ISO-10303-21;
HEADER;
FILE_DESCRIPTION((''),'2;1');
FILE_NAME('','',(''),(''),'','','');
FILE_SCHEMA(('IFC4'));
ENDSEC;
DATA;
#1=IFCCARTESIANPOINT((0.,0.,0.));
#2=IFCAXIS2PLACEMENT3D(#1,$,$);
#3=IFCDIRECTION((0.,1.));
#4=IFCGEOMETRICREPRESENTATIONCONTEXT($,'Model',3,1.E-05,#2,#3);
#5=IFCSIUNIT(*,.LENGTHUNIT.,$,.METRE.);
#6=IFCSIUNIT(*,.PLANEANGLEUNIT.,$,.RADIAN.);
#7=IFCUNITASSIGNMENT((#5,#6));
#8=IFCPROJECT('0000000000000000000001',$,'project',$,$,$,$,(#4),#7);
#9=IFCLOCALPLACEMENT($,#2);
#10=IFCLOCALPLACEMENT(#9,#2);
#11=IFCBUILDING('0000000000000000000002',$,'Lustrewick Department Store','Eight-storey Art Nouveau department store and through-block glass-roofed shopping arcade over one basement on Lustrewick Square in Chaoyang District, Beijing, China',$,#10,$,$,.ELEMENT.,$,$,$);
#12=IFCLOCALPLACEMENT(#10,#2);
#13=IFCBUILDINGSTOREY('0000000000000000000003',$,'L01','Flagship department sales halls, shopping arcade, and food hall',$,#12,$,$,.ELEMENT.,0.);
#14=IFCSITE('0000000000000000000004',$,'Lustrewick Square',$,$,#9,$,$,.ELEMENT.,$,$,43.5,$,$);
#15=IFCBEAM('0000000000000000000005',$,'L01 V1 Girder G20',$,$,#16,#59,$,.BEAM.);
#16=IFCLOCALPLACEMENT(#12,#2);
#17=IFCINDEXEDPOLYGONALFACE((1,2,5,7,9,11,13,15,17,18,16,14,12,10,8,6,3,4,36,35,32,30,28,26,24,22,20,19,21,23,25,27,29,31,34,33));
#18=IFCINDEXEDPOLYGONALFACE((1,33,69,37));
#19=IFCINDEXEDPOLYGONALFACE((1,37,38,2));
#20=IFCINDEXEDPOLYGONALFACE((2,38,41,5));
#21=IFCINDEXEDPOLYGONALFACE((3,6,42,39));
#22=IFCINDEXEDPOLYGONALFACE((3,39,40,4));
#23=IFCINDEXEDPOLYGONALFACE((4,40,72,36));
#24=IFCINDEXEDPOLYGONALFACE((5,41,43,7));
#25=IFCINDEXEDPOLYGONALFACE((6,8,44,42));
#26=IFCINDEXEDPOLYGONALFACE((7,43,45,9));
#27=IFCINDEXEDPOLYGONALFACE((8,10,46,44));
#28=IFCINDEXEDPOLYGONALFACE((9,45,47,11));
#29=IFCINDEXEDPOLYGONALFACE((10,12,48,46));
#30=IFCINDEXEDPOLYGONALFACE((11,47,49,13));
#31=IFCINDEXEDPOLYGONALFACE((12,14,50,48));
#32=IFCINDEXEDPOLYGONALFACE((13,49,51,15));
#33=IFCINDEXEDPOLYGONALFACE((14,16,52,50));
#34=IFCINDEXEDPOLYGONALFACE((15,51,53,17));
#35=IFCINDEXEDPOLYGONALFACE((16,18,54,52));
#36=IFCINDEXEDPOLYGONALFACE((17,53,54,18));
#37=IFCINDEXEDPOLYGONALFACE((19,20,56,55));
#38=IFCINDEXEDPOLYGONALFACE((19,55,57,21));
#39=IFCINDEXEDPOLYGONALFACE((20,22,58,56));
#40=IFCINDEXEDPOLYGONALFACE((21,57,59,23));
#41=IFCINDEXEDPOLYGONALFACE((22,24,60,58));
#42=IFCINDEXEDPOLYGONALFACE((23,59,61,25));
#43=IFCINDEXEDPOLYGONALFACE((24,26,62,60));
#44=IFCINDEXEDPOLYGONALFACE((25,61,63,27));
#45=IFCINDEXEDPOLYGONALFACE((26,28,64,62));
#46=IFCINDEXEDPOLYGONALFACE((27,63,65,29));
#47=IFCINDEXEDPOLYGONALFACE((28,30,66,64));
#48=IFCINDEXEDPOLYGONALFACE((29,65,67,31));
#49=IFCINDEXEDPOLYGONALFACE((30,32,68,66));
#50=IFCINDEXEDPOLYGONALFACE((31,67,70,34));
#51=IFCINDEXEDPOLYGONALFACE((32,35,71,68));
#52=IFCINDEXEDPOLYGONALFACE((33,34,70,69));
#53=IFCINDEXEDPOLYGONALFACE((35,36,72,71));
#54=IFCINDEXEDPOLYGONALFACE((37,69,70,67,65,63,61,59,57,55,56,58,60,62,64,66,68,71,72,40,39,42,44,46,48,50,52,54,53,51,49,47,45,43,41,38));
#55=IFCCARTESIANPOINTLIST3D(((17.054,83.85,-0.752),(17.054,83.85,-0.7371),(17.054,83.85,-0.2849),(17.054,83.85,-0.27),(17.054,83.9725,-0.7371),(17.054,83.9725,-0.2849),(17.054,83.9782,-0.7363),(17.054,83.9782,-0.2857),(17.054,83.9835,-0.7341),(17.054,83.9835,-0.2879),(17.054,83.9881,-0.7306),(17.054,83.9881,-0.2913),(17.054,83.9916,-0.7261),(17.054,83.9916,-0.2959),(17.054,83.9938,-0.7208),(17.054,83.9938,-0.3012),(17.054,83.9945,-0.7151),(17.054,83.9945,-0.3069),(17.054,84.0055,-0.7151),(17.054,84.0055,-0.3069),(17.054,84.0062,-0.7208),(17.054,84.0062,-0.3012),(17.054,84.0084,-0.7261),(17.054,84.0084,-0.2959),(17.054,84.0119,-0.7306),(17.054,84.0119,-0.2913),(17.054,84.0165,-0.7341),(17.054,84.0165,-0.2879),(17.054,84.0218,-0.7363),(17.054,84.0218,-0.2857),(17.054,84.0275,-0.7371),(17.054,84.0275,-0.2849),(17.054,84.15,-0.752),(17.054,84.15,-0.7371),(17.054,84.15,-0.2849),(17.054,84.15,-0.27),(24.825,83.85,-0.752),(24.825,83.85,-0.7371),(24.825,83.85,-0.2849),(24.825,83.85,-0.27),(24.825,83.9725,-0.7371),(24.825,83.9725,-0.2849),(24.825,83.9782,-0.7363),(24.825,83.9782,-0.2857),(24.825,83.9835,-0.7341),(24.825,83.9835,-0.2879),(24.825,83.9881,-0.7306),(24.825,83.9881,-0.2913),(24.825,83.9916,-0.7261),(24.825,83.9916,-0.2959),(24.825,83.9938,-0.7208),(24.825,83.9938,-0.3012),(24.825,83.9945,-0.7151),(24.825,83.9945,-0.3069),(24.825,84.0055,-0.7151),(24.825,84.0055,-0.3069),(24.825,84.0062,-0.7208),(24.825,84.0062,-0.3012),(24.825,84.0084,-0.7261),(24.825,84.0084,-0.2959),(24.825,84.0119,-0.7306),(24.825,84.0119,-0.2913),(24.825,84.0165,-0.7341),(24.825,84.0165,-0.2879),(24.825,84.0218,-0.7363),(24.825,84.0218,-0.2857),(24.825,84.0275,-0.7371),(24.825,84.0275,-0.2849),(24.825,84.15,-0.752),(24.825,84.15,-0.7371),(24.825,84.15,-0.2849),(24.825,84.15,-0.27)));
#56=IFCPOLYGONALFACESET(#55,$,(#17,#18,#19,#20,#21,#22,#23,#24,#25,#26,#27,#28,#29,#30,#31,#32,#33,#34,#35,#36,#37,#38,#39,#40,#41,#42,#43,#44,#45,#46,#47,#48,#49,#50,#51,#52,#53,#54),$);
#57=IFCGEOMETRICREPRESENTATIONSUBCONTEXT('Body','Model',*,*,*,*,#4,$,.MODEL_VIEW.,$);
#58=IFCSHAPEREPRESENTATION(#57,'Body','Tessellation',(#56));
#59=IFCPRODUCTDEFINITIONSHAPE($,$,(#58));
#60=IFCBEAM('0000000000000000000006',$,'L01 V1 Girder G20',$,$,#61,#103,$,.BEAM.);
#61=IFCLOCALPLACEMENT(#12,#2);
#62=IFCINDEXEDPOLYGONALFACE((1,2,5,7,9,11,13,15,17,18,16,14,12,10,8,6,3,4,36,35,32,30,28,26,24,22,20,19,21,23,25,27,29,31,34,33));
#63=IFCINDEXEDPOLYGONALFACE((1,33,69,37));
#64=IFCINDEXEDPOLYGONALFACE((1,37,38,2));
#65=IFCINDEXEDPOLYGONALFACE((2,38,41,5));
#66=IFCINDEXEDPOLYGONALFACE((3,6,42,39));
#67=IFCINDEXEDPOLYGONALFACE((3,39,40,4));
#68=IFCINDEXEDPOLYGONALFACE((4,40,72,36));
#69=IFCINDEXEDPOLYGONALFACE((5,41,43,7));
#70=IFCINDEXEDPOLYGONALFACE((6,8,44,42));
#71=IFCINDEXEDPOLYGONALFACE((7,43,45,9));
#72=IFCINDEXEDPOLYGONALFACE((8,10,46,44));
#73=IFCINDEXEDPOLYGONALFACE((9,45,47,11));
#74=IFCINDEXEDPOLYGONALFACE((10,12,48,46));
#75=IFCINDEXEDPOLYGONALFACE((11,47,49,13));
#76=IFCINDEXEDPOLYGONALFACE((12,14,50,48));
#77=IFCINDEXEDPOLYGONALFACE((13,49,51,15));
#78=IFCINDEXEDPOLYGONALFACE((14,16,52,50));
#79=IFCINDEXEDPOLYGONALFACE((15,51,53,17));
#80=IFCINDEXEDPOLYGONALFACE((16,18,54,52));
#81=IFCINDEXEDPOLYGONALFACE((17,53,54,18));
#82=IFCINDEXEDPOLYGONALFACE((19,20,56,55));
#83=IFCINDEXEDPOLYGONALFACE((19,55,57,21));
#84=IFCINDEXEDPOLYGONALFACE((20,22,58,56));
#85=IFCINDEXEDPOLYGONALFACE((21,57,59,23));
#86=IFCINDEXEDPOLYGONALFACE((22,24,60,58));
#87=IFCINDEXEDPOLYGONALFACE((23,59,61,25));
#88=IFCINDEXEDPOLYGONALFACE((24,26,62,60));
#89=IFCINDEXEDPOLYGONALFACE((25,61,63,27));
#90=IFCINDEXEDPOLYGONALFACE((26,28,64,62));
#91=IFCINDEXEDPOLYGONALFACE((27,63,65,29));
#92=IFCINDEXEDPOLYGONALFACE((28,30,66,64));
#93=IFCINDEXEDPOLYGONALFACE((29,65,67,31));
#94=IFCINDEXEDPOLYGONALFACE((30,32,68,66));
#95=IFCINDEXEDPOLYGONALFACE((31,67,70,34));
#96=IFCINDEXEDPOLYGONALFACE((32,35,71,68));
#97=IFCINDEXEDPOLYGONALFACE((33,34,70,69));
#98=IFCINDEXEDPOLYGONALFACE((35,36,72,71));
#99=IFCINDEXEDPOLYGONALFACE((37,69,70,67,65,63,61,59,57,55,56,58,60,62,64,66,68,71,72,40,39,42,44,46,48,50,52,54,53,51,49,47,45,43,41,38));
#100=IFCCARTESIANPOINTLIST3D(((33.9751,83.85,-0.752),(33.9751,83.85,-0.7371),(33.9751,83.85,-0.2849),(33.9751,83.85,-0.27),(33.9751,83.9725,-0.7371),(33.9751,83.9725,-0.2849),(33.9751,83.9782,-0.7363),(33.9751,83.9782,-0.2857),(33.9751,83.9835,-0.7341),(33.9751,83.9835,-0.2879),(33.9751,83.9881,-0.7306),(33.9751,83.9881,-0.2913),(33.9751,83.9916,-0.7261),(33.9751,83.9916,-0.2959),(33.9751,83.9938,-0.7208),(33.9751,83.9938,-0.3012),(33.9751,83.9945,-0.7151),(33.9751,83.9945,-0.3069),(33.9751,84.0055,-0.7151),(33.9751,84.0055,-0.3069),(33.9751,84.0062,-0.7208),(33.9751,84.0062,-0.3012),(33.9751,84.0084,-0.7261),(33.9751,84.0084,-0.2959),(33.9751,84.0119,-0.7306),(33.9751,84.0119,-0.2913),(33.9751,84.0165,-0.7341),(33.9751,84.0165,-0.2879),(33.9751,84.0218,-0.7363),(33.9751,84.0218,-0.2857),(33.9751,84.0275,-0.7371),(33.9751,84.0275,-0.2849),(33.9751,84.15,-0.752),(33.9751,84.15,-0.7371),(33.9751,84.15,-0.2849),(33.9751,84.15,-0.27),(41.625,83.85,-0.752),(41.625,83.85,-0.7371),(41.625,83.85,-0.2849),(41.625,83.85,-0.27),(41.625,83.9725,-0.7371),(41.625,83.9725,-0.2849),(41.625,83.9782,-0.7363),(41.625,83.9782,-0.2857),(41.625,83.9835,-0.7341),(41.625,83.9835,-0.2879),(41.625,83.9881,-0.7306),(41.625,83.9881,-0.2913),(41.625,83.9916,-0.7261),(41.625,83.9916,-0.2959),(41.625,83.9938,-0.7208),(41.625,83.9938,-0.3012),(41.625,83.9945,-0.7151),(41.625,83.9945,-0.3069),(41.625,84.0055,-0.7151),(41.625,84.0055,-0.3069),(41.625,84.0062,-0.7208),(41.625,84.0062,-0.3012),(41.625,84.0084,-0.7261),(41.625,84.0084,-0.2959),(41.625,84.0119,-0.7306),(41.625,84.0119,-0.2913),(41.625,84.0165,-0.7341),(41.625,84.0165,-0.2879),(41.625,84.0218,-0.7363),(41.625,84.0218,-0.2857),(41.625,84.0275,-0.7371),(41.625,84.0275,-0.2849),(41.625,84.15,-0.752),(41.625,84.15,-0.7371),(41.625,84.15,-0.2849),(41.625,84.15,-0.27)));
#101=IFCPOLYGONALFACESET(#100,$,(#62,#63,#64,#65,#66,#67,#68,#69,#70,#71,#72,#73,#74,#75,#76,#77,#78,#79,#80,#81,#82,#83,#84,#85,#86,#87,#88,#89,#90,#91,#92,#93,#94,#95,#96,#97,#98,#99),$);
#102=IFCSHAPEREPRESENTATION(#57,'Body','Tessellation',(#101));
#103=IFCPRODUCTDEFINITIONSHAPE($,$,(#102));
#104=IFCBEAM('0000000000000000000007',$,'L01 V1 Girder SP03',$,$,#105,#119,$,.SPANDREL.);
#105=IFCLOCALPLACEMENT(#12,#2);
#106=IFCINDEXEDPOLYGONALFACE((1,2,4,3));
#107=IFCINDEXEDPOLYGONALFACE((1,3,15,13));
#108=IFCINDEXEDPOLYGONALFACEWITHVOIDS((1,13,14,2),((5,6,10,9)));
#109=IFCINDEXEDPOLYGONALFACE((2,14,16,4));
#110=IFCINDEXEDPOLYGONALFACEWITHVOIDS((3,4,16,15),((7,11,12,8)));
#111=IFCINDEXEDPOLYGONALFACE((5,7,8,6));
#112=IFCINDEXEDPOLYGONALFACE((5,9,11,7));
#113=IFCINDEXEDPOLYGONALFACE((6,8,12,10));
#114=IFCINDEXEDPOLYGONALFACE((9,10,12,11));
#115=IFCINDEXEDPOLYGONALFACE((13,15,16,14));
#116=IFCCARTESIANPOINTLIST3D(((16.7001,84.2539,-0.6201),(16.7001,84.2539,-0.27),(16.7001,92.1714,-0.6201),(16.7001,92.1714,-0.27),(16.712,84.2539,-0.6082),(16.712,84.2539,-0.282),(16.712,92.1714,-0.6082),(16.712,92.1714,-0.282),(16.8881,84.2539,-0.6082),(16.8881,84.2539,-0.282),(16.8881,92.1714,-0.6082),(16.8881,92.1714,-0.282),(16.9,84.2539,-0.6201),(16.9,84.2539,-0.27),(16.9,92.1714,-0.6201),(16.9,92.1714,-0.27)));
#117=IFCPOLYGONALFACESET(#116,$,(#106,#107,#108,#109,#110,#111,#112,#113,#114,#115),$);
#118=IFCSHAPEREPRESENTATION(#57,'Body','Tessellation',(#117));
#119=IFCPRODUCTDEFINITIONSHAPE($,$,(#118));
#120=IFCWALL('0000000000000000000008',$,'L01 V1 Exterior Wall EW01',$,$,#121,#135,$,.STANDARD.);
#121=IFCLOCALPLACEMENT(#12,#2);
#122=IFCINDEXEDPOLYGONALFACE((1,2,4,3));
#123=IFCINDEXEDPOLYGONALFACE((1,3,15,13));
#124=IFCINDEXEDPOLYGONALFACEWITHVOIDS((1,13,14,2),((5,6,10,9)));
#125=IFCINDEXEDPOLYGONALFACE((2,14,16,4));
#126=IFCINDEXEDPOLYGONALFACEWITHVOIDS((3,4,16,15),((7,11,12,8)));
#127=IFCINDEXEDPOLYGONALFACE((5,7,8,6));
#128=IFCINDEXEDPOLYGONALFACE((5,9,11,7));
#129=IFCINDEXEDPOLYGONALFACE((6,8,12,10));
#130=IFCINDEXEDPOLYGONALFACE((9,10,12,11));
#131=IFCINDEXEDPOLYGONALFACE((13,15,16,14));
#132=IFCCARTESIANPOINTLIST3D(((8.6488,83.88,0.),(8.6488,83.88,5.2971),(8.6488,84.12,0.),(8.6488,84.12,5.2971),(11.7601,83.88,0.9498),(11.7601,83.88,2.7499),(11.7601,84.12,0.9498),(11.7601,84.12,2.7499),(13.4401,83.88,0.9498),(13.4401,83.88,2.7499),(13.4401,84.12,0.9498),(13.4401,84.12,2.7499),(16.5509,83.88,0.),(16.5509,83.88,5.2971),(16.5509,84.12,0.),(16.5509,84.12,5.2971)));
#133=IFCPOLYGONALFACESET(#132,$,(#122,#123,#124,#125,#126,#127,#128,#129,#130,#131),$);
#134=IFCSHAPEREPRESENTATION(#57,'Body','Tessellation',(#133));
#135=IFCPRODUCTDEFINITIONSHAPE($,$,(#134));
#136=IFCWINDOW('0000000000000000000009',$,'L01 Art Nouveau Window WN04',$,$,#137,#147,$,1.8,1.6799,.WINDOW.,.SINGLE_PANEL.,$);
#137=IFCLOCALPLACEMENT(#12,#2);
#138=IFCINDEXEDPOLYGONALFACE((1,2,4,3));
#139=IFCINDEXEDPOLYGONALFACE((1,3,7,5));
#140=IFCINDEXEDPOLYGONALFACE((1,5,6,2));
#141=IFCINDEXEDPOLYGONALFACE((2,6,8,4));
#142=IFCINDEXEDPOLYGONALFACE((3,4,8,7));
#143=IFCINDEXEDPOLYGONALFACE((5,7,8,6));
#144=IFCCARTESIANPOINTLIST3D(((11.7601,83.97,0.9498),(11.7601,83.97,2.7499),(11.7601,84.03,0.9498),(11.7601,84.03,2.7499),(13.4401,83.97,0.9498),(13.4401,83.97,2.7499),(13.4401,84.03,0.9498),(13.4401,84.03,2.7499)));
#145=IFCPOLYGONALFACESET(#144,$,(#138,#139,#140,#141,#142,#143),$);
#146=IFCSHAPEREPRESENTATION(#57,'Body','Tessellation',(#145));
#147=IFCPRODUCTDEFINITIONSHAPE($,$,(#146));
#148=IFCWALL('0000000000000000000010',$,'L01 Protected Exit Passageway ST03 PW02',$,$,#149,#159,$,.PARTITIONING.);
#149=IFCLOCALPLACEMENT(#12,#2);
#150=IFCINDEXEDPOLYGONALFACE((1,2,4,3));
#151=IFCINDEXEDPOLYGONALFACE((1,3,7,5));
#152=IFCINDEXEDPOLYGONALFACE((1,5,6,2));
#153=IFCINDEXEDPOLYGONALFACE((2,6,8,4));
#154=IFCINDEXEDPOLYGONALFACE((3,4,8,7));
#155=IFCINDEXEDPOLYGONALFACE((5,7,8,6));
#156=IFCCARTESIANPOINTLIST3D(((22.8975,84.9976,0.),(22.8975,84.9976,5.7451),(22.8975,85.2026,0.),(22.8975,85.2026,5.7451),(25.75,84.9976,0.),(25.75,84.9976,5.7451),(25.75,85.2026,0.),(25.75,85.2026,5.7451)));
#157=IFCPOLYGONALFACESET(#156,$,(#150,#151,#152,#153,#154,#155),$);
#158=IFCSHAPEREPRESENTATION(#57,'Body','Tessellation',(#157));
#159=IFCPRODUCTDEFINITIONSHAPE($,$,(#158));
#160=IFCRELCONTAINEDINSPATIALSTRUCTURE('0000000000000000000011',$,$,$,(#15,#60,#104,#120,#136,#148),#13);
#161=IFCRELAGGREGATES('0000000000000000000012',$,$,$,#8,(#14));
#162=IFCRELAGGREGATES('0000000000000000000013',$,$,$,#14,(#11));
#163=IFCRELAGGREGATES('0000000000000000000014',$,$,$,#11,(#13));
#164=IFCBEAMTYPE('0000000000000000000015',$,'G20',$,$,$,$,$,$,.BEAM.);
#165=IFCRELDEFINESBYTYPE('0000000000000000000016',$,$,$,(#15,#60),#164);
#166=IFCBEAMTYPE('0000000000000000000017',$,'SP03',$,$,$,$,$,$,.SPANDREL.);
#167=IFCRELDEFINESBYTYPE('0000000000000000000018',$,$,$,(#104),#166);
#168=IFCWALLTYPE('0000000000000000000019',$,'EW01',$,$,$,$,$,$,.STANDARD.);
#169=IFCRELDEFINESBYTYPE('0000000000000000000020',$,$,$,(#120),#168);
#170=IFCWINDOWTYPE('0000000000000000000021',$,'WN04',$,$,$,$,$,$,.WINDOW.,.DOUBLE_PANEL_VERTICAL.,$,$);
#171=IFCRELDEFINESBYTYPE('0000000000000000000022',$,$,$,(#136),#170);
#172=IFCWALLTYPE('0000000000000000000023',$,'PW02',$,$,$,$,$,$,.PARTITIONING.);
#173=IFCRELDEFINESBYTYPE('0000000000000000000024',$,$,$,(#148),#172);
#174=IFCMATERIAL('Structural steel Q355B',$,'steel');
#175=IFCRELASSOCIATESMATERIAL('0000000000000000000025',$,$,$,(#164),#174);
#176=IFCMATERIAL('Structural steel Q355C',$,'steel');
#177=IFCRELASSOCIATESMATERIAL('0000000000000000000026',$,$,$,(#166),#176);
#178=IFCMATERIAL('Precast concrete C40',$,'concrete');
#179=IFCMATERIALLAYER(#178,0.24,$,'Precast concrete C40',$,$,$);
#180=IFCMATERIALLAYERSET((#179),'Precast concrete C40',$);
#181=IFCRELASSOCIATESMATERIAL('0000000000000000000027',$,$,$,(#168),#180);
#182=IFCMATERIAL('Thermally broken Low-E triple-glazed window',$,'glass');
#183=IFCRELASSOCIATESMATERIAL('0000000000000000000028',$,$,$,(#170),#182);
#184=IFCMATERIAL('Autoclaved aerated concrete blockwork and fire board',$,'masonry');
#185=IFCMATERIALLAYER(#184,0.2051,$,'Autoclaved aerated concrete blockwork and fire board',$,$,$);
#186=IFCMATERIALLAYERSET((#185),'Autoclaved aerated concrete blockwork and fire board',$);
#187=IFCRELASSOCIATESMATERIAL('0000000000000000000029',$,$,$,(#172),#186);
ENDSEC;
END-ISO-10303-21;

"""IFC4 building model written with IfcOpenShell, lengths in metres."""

from ifc_helpers import new_model, si_unit, direction, frame, frame_2d, origin, origin_2d, place, context, subcontext, project, spatial, rectangle, hollow_rectangle, i_section, extrude, material, layer, layer_set, material_profile, profile_set, type_object, element, fill, save


model = new_model("IFC4")

# Units and contexts
model_context = context("Model", 3, precision=1e-05, world=origin(), true_north=direction((0.0, 1.0)))
body_context = subcontext(model_context, "Body", "Model", "MODEL_VIEW")
ifc_project = project(units=[si_unit("LENGTHUNIT", "METRE"), si_unit("PLANEANGLEUNIT", "RADIAN")], contexts=[model_context])

# Site, building, storey
site_placement = place(None, origin())
site = spatial("IfcSite", under=ifc_project, at=site_placement, Name="Lustrewick Square", CompositionType="ELEMENT", RefElevation=43.5)
building_placement = place(site_placement, origin())
building = spatial("IfcBuilding", under=site, at=building_placement, Name="Lustrewick Department Store", Description="Eight-storey Art Nouveau department store and through-block glass-roofed shopping arcade over one basement on Lustrewick Square in Chaoyang District, Beijing, China", CompositionType="ELEMENT")
storey_placement = place(building_placement, origin())
storey = spatial("IfcBuildingStorey", under=building, at=storey_placement, Name="L01", Description="Flagship department sales halls, shopping arcade, and food hall", CompositionType="ELEMENT", Elevation=0.0)

# Shared definitions
ifc_material_1 = material(Name="Structural steel Q355C", Category="steel")
ifc_material_2 = material(Name="Structural steel Q355B", Category="steel")

# Beams
ifc_material_profile_1 = material_profile(ifc_material_2, i_section(OverallWidth=0.3, OverallDepth=0.4819, WebThickness=0.011, FlangeThickness=0.0149, FilletRadius=0.022, at=origin_2d()), Name="HM 482x300x11x15")
ifc_profile_set_1 = profile_set([ifc_material_profile_1], Name="Structural steel Q355B")
beam_type_1 = type_object("IfcBeamType", Name="G20", PredefinedType="BEAM", material=ifc_profile_set_1)
beam_1_placement = place(storey_placement, frame((17.054, 84.0, -0.511), z_axis=(1.0, 0.0, 0.0), x_axis=(0.0, 1.0, 0.0)))
element("IfcBeam", 1, at=beam_1_placement, inside=storey, type_object=beam_type_1, Name="L01 V1 Girder G20", PredefinedType="BEAM", context=body_context, shape_type="SweptSolid", body=[
    extrude(i_section(OverallWidth=0.3, OverallDepth=0.4819, WebThickness=0.011, FlangeThickness=0.0149, FilletRadius=0.022, at=origin_2d()), origin(), (0.0, 0.0, 1.0), 7.771),
])
beam_2_placement = place(storey_placement, frame((33.9751, 84.0, -0.511), z_axis=(1.0, 0.0, 0.0), x_axis=(0.0, 1.0, 0.0)))
element("IfcBeam", 2, at=beam_2_placement, inside=storey, type_object=beam_type_1, Name="L01 V1 Girder G20", PredefinedType="BEAM", context=body_context, shape_type="SweptSolid", body=[
    extrude(i_section(OverallWidth=0.3, OverallDepth=0.4819, WebThickness=0.011, FlangeThickness=0.0149, FilletRadius=0.022, at=origin_2d()), origin(), (0.0, 0.0, 1.0), 7.6499),
])
ifc_material_profile_2 = material_profile(ifc_material_1, hollow_rectangle(XDim=0.2, YDim=0.3501, WallThickness=0.012, at=origin_2d()), Name="RHS 350x200x12")
ifc_profile_set_2 = profile_set([ifc_material_profile_2], Name="Structural steel Q355C")
beam_type_2 = type_object("IfcBeamType", Name="SP03", PredefinedType="SPANDREL", material=ifc_profile_set_2)
beam_3_placement = place(storey_placement, frame((16.8, 84.2539, -0.4451), z_axis=(0.0, 1.0, 0.0), x_axis=(-1.0, 0.0, 0.0)))
element("IfcBeam", 3, at=beam_3_placement, inside=storey, type_object=beam_type_2, Name="L01 V1 Girder SP03", PredefinedType="SPANDREL", context=body_context, shape_type="SweptSolid", body=[
    extrude(hollow_rectangle(XDim=0.2, YDim=0.3501, WallThickness=0.012, at=origin_2d()), origin(), (0.0, 0.0, 1.0), 7.9175),
])

# Wall, opening, window
ifc_material_3 = material(Name="Precast concrete C40", Category="concrete")
ifc_layer_1 = layer(ifc_material_3, 0.24, Name="Precast concrete C40")
ifc_layer_set_1 = layer_set([ifc_layer_1], Name="Precast concrete C40")
wall_type_1 = type_object("IfcWallType", Name="EW01", PredefinedType="STANDARD", material=ifc_layer_set_1)
wall_1_placement = place(storey_placement, frame((16.551, 84.0, 0.0), z_axis=(0.0, 0.0, 1.0), x_axis=(-1.0, 0.0, 0.0)))
wall_1 = element("IfcWall", 4, at=wall_1_placement, inside=storey, type_object=wall_type_1, Name="L01 V1 Exterior Wall EW01", PredefinedType="STANDARD", context=body_context, shape_type="SweptSolid", body=[
    extrude(rectangle(XDim=7.9021, YDim=0.24, at=frame_2d((3.9512, 0.0))), origin(), (0.0, 0.0, 1.0), 5.2971),
])
opening_1_placement = place(wall_1_placement, frame((3.1111, 0.0, 0.95)))
opening_1 = element("IfcOpeningElement", 5, at=opening_1_placement, cuts=wall_1, PredefinedType="OPENING", context=body_context, shape_type="SweptSolid", body=[
    extrude(rectangle(XDim=1.6799, YDim=1.8, at=frame_2d((0.8398, 0.8999))), frame((0.0, 0.1299, 0.0), z_axis=(0.0, -1.0, 0.0), x_axis=(1.0, 0.0, 0.0)), (0.0, 0.0, 1.0), 0.26),
])
ifc_material_4 = material(Name="Thermally broken Low-E triple-glazed window", Category="glass")
window_type = type_object("IfcWindowType", Name="WN04", PartitioningType="DOUBLE_PANEL_VERTICAL", PredefinedType="WINDOW", material=ifc_material_4)
window_placement = place(opening_1_placement, origin())
window = element("IfcWindow", 6, at=window_placement, inside=storey, type_object=window_type, Name="L01 Art Nouveau Window WN04", OverallHeight=1.8, OverallWidth=1.6799, PartitioningType="SINGLE_PANEL", PredefinedType="WINDOW", context=body_context, shape_type="SweptSolid", body=[
    extrude(rectangle(XDim=1.6799, YDim=1.8, at=frame_2d((0.8398, 0.8999))), frame((0.0, 0.03, 0.0), z_axis=(0.0, -1.0, 0.0), x_axis=(1.0, 0.0, 0.0)), (0.0, 0.0, 1.0), 0.0601),
])
fill(opening_1, window)

# Wall
ifc_material_5 = material(Name="Autoclaved aerated concrete blockwork and fire board", Category="masonry")
ifc_layer_2 = layer(ifc_material_5, 0.2051, Name="Autoclaved aerated concrete blockwork and fire board")
ifc_layer_set_2 = layer_set([ifc_layer_2], Name="Autoclaved aerated concrete blockwork and fire board")
wall_type_2 = type_object("IfcWallType", Name="PW02", PredefinedType="PARTITIONING", material=ifc_layer_set_2)
wall_2_placement = place(storey_placement, frame((22.8975, 85.1001, 0.0), z_axis=(0.0, 0.0, 1.0), x_axis=(1.0, 0.0, 0.0)))
element("IfcWall", 7, at=wall_2_placement, inside=storey, type_object=wall_type_2, Name="L01 Protected Exit Passageway ST03 PW02", PredefinedType="PARTITIONING", context=body_context, shape_type="SweptSolid", body=[
    extrude(rectangle(XDim=2.8525, YDim=0.2051, at=frame_2d((1.4263, 0.0))), origin(), (0.0, 0.0, 1.0), 5.7451),
])

save(model, "model.ifc")
